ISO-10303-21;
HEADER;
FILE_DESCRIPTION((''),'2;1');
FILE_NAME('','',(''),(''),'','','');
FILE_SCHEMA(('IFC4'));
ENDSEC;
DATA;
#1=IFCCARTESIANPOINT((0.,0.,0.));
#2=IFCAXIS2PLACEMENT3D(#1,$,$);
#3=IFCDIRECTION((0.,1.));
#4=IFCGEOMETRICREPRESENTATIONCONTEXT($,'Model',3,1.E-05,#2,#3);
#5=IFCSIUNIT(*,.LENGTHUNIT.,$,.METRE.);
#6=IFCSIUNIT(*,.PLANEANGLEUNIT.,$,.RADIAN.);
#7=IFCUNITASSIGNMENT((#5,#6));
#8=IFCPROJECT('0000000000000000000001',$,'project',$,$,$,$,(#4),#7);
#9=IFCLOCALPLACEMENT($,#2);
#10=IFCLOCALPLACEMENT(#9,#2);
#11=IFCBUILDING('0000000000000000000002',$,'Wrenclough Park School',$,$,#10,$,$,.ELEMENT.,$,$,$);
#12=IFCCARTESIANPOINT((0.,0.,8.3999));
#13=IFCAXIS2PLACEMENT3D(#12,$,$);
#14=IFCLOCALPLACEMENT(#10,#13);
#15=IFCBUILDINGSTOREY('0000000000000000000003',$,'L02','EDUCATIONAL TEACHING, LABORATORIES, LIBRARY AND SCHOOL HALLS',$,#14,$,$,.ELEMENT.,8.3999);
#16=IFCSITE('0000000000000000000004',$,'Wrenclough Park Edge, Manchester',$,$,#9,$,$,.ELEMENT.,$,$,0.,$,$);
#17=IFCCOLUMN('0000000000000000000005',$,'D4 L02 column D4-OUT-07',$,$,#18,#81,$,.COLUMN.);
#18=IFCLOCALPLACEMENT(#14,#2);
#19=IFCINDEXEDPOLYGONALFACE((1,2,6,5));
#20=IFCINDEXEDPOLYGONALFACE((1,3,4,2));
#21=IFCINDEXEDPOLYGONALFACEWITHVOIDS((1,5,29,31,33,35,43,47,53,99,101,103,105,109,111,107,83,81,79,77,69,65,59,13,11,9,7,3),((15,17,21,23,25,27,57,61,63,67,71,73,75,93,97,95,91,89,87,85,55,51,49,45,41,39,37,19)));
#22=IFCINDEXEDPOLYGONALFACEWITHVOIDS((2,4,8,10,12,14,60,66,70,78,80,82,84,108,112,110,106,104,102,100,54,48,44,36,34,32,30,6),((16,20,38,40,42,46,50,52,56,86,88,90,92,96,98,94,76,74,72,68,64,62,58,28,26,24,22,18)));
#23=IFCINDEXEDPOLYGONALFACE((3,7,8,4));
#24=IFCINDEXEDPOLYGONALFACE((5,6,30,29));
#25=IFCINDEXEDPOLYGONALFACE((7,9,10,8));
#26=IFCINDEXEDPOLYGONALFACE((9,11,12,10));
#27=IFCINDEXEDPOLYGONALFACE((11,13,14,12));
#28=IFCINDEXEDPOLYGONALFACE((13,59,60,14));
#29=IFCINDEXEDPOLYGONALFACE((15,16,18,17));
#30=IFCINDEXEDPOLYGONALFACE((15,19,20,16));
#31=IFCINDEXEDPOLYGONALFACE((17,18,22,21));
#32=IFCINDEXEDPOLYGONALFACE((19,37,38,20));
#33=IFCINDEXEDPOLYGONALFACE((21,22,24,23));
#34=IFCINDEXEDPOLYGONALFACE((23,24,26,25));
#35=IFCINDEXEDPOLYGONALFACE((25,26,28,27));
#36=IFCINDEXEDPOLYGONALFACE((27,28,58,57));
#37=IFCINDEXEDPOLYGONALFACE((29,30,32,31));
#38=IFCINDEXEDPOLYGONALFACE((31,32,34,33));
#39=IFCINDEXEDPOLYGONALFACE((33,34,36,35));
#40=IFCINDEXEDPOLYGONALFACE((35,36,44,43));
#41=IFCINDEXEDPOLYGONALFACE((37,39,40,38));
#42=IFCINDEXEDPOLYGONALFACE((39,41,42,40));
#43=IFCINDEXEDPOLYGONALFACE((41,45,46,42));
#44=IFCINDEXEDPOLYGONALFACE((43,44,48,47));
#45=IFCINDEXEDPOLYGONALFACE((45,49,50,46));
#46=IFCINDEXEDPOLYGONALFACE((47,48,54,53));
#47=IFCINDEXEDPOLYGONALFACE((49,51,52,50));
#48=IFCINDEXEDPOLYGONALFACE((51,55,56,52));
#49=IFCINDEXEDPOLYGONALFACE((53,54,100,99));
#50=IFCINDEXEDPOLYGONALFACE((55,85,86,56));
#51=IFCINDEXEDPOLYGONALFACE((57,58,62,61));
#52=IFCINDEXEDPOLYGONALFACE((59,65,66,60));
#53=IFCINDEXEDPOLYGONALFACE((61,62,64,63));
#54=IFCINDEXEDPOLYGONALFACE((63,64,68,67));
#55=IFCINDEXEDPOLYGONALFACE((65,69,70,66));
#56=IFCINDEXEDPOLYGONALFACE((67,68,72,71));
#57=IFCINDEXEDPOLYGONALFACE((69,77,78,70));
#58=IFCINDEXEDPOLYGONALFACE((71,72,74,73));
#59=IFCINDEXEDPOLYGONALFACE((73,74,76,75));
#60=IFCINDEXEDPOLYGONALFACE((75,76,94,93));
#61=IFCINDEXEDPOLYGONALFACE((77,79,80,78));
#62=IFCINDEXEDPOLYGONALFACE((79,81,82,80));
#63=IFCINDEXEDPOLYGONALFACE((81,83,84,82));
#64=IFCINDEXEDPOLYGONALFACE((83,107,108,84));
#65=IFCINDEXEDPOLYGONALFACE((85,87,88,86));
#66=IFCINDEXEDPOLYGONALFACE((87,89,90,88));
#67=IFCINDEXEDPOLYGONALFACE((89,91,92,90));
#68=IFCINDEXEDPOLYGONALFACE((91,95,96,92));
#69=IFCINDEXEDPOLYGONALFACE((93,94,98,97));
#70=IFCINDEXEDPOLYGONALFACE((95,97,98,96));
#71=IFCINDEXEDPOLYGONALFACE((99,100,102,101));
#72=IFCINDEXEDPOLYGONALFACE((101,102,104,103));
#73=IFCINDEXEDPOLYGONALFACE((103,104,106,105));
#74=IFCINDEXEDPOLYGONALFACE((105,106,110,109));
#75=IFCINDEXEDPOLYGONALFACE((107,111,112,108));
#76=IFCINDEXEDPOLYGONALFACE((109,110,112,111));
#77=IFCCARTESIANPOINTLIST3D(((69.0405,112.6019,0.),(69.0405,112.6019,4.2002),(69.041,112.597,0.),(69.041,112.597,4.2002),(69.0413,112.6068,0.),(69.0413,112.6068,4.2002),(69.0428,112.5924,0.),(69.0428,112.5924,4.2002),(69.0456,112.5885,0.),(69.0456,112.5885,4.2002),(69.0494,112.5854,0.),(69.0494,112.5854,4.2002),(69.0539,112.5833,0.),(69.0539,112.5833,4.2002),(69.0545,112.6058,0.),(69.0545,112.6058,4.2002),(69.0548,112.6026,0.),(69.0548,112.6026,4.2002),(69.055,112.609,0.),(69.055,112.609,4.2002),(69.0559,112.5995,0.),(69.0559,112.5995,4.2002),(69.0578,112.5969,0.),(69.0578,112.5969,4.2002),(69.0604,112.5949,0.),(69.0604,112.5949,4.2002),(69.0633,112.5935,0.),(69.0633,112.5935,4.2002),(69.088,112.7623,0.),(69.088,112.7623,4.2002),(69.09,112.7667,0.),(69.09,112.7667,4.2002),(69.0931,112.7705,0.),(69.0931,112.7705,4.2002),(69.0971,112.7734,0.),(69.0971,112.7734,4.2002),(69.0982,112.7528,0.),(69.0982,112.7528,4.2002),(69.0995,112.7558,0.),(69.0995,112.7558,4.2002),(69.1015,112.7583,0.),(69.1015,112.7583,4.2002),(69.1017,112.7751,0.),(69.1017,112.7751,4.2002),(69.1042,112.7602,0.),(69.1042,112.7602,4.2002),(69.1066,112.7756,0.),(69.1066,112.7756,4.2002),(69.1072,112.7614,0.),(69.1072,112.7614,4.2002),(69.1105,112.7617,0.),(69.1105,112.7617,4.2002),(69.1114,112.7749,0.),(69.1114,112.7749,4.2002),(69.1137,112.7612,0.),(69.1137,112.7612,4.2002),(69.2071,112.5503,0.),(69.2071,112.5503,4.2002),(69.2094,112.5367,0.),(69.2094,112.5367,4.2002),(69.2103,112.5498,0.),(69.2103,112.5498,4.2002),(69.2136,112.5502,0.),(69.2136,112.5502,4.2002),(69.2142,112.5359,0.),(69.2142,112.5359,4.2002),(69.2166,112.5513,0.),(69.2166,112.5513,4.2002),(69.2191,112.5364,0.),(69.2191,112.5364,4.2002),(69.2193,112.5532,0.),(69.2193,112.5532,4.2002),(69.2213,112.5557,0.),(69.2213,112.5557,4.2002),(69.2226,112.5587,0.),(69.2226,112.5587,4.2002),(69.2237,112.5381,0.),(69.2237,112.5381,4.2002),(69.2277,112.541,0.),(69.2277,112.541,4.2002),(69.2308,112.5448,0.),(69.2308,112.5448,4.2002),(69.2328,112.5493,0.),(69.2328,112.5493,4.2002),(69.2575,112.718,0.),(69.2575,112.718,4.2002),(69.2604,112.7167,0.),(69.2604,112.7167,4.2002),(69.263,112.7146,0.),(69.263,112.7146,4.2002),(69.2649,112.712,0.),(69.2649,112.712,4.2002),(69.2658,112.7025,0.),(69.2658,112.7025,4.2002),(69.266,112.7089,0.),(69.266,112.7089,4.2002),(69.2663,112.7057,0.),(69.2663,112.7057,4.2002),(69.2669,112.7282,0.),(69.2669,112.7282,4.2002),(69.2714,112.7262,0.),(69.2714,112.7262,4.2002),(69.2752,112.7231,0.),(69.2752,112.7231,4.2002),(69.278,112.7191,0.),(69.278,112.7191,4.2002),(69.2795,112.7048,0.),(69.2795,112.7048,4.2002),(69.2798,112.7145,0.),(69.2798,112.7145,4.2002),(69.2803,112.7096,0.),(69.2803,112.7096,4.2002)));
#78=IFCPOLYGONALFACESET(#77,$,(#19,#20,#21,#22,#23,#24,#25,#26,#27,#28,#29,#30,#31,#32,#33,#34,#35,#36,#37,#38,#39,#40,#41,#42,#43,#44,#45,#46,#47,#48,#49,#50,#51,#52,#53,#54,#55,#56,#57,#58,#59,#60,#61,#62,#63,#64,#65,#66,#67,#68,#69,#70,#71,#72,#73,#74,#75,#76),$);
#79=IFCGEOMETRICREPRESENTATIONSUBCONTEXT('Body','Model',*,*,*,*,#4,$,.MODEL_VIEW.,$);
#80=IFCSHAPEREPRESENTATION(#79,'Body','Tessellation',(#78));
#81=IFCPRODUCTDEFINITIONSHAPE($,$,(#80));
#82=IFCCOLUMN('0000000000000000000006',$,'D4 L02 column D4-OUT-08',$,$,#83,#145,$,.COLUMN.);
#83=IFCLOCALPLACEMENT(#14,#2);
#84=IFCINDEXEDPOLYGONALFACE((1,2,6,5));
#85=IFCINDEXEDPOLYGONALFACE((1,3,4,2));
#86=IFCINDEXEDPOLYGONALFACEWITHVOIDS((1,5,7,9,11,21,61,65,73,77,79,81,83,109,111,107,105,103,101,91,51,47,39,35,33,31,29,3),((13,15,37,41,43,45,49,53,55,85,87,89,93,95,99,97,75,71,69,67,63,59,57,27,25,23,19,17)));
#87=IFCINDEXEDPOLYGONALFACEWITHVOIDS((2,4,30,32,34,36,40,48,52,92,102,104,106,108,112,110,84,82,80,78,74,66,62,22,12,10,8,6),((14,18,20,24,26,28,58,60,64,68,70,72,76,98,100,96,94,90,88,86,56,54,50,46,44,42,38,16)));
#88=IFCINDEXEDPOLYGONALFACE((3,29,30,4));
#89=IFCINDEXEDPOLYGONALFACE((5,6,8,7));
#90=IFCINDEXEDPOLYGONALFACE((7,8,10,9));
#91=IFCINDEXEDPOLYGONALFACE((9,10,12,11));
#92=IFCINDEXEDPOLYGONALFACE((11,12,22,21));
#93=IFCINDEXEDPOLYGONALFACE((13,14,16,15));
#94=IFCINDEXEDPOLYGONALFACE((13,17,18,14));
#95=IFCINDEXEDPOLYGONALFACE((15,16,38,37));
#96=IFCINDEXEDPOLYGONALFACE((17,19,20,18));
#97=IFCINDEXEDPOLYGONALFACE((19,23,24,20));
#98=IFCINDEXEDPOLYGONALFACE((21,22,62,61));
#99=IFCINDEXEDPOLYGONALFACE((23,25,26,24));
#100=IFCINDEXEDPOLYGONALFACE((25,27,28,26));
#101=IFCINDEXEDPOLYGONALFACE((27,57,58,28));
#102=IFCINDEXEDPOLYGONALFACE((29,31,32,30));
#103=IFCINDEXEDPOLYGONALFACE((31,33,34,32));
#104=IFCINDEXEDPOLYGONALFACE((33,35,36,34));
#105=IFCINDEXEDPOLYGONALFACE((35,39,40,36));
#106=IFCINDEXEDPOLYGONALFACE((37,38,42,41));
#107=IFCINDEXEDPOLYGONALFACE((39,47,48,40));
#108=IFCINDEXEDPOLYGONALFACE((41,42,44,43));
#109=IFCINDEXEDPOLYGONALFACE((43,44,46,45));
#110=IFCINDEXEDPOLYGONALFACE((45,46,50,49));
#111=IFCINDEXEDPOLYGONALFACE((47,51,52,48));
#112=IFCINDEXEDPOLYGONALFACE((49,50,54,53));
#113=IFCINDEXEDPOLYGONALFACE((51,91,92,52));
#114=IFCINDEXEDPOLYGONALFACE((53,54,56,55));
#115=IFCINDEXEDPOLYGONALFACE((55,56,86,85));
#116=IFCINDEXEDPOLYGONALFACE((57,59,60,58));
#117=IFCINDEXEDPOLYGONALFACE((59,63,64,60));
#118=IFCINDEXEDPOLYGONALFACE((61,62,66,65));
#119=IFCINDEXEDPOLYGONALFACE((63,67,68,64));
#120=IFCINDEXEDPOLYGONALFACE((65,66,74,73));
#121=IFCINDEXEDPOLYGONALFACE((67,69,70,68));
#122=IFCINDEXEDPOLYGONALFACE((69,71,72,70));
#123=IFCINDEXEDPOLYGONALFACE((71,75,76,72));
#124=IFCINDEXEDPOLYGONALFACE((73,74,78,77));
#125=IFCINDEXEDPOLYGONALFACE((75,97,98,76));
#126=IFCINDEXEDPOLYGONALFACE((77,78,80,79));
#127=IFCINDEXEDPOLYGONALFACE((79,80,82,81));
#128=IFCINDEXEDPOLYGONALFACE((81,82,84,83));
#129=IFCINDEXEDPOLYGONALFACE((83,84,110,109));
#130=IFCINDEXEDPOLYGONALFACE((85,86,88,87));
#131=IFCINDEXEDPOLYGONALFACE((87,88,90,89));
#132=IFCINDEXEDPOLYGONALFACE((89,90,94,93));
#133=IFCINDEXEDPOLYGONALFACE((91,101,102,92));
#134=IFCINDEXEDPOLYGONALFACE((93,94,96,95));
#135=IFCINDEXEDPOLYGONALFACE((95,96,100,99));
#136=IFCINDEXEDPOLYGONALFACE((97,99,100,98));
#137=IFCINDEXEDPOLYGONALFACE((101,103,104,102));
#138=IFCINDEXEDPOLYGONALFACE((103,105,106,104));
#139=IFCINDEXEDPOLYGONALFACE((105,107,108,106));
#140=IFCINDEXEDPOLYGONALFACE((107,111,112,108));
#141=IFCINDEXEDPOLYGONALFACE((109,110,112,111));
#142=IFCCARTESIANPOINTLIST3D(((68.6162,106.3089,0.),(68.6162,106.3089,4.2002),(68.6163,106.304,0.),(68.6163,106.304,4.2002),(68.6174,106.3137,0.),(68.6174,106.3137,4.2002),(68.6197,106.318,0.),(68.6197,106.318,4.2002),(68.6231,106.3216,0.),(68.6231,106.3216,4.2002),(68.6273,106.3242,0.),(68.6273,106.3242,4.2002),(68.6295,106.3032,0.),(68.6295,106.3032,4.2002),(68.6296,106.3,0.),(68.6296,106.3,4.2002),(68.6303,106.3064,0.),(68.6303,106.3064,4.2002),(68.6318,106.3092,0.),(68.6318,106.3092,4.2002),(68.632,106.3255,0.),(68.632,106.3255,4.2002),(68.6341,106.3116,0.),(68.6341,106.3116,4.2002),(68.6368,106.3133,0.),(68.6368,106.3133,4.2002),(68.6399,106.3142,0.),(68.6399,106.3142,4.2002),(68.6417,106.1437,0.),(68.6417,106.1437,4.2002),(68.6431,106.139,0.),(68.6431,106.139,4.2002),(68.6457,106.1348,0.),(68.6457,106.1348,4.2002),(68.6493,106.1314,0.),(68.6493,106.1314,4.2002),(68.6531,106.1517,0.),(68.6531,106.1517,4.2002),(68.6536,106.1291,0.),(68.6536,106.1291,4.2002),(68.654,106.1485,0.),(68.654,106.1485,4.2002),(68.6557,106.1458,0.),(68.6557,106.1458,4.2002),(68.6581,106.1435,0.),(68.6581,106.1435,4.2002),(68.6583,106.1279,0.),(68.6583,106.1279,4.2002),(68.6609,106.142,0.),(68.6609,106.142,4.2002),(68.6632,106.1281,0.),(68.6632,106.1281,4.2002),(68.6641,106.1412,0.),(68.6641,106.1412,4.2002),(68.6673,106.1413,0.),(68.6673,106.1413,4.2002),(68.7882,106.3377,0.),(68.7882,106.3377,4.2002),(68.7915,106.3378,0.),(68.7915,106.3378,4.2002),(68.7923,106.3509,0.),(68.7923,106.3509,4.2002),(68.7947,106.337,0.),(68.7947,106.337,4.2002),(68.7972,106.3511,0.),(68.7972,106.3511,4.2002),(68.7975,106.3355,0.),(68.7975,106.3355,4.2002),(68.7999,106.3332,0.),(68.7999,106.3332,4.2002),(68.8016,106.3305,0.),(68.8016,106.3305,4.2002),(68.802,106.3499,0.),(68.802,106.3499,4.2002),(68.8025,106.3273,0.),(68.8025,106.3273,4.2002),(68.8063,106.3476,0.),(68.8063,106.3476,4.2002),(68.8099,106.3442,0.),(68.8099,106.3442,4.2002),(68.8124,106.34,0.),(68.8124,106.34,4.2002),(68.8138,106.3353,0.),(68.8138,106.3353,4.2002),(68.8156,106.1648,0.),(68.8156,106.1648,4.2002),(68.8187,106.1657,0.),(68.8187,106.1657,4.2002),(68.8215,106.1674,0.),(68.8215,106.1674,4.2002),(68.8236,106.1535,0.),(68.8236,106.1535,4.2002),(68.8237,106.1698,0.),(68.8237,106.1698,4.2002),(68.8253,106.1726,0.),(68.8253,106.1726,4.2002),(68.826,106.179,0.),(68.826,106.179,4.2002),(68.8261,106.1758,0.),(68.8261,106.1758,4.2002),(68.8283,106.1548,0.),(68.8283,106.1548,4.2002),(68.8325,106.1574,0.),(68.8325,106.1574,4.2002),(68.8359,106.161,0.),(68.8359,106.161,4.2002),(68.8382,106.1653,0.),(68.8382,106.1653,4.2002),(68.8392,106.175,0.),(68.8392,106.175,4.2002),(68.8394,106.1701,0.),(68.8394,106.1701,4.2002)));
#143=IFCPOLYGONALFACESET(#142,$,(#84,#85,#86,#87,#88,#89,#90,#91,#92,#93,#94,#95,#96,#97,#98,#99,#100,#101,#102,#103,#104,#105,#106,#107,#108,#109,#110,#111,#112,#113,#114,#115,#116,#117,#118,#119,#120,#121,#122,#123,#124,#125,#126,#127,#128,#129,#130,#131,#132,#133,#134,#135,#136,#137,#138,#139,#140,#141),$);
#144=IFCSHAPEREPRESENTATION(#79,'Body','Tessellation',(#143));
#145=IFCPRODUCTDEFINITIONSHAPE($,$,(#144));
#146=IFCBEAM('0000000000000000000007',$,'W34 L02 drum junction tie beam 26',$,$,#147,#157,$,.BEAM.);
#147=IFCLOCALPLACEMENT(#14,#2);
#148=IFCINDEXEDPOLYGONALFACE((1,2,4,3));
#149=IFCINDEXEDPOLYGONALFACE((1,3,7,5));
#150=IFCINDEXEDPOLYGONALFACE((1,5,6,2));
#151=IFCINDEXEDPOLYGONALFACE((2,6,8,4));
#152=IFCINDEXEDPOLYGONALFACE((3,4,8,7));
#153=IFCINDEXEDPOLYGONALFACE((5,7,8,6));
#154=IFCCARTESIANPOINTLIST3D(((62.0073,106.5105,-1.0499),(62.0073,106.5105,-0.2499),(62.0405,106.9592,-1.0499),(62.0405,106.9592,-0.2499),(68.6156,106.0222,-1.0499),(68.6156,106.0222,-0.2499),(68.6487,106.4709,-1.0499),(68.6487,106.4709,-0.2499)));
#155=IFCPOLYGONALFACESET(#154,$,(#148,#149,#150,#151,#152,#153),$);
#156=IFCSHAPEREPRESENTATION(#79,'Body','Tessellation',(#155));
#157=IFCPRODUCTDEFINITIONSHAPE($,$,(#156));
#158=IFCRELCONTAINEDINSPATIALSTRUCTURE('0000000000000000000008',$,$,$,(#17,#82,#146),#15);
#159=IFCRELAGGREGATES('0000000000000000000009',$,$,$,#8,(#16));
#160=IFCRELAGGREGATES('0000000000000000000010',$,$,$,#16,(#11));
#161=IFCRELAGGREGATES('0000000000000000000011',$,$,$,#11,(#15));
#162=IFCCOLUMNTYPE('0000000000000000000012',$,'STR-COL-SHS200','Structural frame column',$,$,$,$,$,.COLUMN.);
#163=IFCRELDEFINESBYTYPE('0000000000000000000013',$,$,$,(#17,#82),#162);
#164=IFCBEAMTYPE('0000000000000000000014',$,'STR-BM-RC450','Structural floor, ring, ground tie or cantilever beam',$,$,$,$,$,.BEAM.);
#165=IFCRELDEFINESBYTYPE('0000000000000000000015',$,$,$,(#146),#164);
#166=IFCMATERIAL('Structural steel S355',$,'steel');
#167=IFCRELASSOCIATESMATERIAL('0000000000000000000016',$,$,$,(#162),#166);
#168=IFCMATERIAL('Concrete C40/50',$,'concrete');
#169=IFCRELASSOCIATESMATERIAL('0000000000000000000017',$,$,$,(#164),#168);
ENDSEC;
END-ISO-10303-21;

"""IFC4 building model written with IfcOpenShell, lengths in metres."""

from ifc_helpers import new_model, si_unit, direction, frame, origin, origin_2d, place, context, subcontext, project, spatial, rectangle, hollow_rectangle, extrude, material, material_profile, profile_set, type_object, element, save


model = new_model("IFC4")

# Units and contexts
model_context = context("Model", 3, precision=1e-05, world=origin(), true_north=direction((0.0, 1.0)))
body_context = subcontext(model_context, "Body", "Model", "MODEL_VIEW")
ifc_project = project(units=[si_unit("LENGTHUNIT", "METRE"), si_unit("PLANEANGLEUNIT", "RADIAN")], contexts=[model_context])

# Site, building, storey
site_placement = place(None, origin())
site = spatial("IfcSite", under=ifc_project, at=site_placement, Name="Wrenclough Park Edge, Manchester", CompositionType="ELEMENT", RefElevation=0.0)
building_placement = place(site_placement, origin())
building = spatial("IfcBuilding", under=site, at=building_placement, Name="Wrenclough Park School", CompositionType="ELEMENT")
storey_placement = place(building_placement, frame((0.0, 0.0, 8.3999)))
storey = spatial("IfcBuildingStorey", under=building, at=storey_placement, Name="L02", Description="EDUCATIONAL TEACHING, LABORATORIES, LIBRARY AND SCHOOL HALLS", CompositionType="ELEMENT", Elevation=8.3999)

# Columns
ifc_material_1 = material(Name="Structural steel S355", Category="steel")
ifc_material_profile_1 = material_profile(ifc_material_1, hollow_rectangle(XDim=0.2, YDim=0.2, WallThickness=0.0125, InnerFilletRadius=0.0125, OuterFilletRadius=0.0188, at=origin_2d()), Name="SHS 200x200x12.5")
ifc_profile_set_1 = profile_set([ifc_material_profile_1], Name="Structural steel S355")
column_type = type_object("IfcColumnType", Name="STR-COL-SHS200", Description="Structural frame column", PredefinedType="COLUMN", material=ifc_profile_set_1)
for number, where, z_axis, x_axis, name in (
    (1, (69.1604, 112.6558, 0.0), (0.0, 0.0, 1.0), (-0.287528, -0.957772, 0.0), "D4 L02 column D4-OUT-07"),
    (2, (68.7278, 106.2395, 0.0), (0.0, 0.0, 1.0), (0.156434, -0.987688, 0.0), "D4 L02 column D4-OUT-08"),
):
    element("IfcColumn", number, at=place(storey_placement, frame(where, z_axis=z_axis, x_axis=x_axis)), inside=storey, type_object=column_type, Name=name, PredefinedType="COLUMN", context=body_context, shape_type="SweptSolid", body=[
        extrude(hollow_rectangle(XDim=0.2, YDim=0.2, WallThickness=0.0125, InnerFilletRadius=0.0125, OuterFilletRadius=0.0188, at=origin_2d()), origin(), (0.0, 0.0, 1.0), 4.2002),
    ])

# Beam
ifc_material_2 = material(Name="Concrete C40/50", Category="concrete")
ifc_material_profile_2 = material_profile(ifc_material_2, rectangle(XDim=0.45, YDim=0.8, at=origin_2d()), Name="RC BEAM 450x800")
ifc_profile_set_2 = profile_set([ifc_material_profile_2], Name="Concrete C40/50")
beam_type_1 = type_object("IfcBeamType", Name="STR-BM-RC450", Description="Structural floor, ring, ground tie or cantilever beam", PredefinedType="BEAM", material=ifc_profile_set_2)
beam_1_placement = place(storey_placement, frame((62.0239, 106.7349, -0.6499), z_axis=(0.997281, -0.07369, 0.0), x_axis=(0.07369, 0.997281, 0.0)))
element("IfcBeam", 3, at=beam_1_placement, inside=storey, type_object=beam_type_1, Name="W34 L02 drum junction tie beam 26", PredefinedType="BEAM", context=body_context, shape_type="SweptSolid", body=[
    extrude(rectangle(XDim=0.45, YDim=0.8, at=origin_2d()), origin(), (0.0, 0.0, 1.0), 6.6262),
])

save(model, "model.ifc")
